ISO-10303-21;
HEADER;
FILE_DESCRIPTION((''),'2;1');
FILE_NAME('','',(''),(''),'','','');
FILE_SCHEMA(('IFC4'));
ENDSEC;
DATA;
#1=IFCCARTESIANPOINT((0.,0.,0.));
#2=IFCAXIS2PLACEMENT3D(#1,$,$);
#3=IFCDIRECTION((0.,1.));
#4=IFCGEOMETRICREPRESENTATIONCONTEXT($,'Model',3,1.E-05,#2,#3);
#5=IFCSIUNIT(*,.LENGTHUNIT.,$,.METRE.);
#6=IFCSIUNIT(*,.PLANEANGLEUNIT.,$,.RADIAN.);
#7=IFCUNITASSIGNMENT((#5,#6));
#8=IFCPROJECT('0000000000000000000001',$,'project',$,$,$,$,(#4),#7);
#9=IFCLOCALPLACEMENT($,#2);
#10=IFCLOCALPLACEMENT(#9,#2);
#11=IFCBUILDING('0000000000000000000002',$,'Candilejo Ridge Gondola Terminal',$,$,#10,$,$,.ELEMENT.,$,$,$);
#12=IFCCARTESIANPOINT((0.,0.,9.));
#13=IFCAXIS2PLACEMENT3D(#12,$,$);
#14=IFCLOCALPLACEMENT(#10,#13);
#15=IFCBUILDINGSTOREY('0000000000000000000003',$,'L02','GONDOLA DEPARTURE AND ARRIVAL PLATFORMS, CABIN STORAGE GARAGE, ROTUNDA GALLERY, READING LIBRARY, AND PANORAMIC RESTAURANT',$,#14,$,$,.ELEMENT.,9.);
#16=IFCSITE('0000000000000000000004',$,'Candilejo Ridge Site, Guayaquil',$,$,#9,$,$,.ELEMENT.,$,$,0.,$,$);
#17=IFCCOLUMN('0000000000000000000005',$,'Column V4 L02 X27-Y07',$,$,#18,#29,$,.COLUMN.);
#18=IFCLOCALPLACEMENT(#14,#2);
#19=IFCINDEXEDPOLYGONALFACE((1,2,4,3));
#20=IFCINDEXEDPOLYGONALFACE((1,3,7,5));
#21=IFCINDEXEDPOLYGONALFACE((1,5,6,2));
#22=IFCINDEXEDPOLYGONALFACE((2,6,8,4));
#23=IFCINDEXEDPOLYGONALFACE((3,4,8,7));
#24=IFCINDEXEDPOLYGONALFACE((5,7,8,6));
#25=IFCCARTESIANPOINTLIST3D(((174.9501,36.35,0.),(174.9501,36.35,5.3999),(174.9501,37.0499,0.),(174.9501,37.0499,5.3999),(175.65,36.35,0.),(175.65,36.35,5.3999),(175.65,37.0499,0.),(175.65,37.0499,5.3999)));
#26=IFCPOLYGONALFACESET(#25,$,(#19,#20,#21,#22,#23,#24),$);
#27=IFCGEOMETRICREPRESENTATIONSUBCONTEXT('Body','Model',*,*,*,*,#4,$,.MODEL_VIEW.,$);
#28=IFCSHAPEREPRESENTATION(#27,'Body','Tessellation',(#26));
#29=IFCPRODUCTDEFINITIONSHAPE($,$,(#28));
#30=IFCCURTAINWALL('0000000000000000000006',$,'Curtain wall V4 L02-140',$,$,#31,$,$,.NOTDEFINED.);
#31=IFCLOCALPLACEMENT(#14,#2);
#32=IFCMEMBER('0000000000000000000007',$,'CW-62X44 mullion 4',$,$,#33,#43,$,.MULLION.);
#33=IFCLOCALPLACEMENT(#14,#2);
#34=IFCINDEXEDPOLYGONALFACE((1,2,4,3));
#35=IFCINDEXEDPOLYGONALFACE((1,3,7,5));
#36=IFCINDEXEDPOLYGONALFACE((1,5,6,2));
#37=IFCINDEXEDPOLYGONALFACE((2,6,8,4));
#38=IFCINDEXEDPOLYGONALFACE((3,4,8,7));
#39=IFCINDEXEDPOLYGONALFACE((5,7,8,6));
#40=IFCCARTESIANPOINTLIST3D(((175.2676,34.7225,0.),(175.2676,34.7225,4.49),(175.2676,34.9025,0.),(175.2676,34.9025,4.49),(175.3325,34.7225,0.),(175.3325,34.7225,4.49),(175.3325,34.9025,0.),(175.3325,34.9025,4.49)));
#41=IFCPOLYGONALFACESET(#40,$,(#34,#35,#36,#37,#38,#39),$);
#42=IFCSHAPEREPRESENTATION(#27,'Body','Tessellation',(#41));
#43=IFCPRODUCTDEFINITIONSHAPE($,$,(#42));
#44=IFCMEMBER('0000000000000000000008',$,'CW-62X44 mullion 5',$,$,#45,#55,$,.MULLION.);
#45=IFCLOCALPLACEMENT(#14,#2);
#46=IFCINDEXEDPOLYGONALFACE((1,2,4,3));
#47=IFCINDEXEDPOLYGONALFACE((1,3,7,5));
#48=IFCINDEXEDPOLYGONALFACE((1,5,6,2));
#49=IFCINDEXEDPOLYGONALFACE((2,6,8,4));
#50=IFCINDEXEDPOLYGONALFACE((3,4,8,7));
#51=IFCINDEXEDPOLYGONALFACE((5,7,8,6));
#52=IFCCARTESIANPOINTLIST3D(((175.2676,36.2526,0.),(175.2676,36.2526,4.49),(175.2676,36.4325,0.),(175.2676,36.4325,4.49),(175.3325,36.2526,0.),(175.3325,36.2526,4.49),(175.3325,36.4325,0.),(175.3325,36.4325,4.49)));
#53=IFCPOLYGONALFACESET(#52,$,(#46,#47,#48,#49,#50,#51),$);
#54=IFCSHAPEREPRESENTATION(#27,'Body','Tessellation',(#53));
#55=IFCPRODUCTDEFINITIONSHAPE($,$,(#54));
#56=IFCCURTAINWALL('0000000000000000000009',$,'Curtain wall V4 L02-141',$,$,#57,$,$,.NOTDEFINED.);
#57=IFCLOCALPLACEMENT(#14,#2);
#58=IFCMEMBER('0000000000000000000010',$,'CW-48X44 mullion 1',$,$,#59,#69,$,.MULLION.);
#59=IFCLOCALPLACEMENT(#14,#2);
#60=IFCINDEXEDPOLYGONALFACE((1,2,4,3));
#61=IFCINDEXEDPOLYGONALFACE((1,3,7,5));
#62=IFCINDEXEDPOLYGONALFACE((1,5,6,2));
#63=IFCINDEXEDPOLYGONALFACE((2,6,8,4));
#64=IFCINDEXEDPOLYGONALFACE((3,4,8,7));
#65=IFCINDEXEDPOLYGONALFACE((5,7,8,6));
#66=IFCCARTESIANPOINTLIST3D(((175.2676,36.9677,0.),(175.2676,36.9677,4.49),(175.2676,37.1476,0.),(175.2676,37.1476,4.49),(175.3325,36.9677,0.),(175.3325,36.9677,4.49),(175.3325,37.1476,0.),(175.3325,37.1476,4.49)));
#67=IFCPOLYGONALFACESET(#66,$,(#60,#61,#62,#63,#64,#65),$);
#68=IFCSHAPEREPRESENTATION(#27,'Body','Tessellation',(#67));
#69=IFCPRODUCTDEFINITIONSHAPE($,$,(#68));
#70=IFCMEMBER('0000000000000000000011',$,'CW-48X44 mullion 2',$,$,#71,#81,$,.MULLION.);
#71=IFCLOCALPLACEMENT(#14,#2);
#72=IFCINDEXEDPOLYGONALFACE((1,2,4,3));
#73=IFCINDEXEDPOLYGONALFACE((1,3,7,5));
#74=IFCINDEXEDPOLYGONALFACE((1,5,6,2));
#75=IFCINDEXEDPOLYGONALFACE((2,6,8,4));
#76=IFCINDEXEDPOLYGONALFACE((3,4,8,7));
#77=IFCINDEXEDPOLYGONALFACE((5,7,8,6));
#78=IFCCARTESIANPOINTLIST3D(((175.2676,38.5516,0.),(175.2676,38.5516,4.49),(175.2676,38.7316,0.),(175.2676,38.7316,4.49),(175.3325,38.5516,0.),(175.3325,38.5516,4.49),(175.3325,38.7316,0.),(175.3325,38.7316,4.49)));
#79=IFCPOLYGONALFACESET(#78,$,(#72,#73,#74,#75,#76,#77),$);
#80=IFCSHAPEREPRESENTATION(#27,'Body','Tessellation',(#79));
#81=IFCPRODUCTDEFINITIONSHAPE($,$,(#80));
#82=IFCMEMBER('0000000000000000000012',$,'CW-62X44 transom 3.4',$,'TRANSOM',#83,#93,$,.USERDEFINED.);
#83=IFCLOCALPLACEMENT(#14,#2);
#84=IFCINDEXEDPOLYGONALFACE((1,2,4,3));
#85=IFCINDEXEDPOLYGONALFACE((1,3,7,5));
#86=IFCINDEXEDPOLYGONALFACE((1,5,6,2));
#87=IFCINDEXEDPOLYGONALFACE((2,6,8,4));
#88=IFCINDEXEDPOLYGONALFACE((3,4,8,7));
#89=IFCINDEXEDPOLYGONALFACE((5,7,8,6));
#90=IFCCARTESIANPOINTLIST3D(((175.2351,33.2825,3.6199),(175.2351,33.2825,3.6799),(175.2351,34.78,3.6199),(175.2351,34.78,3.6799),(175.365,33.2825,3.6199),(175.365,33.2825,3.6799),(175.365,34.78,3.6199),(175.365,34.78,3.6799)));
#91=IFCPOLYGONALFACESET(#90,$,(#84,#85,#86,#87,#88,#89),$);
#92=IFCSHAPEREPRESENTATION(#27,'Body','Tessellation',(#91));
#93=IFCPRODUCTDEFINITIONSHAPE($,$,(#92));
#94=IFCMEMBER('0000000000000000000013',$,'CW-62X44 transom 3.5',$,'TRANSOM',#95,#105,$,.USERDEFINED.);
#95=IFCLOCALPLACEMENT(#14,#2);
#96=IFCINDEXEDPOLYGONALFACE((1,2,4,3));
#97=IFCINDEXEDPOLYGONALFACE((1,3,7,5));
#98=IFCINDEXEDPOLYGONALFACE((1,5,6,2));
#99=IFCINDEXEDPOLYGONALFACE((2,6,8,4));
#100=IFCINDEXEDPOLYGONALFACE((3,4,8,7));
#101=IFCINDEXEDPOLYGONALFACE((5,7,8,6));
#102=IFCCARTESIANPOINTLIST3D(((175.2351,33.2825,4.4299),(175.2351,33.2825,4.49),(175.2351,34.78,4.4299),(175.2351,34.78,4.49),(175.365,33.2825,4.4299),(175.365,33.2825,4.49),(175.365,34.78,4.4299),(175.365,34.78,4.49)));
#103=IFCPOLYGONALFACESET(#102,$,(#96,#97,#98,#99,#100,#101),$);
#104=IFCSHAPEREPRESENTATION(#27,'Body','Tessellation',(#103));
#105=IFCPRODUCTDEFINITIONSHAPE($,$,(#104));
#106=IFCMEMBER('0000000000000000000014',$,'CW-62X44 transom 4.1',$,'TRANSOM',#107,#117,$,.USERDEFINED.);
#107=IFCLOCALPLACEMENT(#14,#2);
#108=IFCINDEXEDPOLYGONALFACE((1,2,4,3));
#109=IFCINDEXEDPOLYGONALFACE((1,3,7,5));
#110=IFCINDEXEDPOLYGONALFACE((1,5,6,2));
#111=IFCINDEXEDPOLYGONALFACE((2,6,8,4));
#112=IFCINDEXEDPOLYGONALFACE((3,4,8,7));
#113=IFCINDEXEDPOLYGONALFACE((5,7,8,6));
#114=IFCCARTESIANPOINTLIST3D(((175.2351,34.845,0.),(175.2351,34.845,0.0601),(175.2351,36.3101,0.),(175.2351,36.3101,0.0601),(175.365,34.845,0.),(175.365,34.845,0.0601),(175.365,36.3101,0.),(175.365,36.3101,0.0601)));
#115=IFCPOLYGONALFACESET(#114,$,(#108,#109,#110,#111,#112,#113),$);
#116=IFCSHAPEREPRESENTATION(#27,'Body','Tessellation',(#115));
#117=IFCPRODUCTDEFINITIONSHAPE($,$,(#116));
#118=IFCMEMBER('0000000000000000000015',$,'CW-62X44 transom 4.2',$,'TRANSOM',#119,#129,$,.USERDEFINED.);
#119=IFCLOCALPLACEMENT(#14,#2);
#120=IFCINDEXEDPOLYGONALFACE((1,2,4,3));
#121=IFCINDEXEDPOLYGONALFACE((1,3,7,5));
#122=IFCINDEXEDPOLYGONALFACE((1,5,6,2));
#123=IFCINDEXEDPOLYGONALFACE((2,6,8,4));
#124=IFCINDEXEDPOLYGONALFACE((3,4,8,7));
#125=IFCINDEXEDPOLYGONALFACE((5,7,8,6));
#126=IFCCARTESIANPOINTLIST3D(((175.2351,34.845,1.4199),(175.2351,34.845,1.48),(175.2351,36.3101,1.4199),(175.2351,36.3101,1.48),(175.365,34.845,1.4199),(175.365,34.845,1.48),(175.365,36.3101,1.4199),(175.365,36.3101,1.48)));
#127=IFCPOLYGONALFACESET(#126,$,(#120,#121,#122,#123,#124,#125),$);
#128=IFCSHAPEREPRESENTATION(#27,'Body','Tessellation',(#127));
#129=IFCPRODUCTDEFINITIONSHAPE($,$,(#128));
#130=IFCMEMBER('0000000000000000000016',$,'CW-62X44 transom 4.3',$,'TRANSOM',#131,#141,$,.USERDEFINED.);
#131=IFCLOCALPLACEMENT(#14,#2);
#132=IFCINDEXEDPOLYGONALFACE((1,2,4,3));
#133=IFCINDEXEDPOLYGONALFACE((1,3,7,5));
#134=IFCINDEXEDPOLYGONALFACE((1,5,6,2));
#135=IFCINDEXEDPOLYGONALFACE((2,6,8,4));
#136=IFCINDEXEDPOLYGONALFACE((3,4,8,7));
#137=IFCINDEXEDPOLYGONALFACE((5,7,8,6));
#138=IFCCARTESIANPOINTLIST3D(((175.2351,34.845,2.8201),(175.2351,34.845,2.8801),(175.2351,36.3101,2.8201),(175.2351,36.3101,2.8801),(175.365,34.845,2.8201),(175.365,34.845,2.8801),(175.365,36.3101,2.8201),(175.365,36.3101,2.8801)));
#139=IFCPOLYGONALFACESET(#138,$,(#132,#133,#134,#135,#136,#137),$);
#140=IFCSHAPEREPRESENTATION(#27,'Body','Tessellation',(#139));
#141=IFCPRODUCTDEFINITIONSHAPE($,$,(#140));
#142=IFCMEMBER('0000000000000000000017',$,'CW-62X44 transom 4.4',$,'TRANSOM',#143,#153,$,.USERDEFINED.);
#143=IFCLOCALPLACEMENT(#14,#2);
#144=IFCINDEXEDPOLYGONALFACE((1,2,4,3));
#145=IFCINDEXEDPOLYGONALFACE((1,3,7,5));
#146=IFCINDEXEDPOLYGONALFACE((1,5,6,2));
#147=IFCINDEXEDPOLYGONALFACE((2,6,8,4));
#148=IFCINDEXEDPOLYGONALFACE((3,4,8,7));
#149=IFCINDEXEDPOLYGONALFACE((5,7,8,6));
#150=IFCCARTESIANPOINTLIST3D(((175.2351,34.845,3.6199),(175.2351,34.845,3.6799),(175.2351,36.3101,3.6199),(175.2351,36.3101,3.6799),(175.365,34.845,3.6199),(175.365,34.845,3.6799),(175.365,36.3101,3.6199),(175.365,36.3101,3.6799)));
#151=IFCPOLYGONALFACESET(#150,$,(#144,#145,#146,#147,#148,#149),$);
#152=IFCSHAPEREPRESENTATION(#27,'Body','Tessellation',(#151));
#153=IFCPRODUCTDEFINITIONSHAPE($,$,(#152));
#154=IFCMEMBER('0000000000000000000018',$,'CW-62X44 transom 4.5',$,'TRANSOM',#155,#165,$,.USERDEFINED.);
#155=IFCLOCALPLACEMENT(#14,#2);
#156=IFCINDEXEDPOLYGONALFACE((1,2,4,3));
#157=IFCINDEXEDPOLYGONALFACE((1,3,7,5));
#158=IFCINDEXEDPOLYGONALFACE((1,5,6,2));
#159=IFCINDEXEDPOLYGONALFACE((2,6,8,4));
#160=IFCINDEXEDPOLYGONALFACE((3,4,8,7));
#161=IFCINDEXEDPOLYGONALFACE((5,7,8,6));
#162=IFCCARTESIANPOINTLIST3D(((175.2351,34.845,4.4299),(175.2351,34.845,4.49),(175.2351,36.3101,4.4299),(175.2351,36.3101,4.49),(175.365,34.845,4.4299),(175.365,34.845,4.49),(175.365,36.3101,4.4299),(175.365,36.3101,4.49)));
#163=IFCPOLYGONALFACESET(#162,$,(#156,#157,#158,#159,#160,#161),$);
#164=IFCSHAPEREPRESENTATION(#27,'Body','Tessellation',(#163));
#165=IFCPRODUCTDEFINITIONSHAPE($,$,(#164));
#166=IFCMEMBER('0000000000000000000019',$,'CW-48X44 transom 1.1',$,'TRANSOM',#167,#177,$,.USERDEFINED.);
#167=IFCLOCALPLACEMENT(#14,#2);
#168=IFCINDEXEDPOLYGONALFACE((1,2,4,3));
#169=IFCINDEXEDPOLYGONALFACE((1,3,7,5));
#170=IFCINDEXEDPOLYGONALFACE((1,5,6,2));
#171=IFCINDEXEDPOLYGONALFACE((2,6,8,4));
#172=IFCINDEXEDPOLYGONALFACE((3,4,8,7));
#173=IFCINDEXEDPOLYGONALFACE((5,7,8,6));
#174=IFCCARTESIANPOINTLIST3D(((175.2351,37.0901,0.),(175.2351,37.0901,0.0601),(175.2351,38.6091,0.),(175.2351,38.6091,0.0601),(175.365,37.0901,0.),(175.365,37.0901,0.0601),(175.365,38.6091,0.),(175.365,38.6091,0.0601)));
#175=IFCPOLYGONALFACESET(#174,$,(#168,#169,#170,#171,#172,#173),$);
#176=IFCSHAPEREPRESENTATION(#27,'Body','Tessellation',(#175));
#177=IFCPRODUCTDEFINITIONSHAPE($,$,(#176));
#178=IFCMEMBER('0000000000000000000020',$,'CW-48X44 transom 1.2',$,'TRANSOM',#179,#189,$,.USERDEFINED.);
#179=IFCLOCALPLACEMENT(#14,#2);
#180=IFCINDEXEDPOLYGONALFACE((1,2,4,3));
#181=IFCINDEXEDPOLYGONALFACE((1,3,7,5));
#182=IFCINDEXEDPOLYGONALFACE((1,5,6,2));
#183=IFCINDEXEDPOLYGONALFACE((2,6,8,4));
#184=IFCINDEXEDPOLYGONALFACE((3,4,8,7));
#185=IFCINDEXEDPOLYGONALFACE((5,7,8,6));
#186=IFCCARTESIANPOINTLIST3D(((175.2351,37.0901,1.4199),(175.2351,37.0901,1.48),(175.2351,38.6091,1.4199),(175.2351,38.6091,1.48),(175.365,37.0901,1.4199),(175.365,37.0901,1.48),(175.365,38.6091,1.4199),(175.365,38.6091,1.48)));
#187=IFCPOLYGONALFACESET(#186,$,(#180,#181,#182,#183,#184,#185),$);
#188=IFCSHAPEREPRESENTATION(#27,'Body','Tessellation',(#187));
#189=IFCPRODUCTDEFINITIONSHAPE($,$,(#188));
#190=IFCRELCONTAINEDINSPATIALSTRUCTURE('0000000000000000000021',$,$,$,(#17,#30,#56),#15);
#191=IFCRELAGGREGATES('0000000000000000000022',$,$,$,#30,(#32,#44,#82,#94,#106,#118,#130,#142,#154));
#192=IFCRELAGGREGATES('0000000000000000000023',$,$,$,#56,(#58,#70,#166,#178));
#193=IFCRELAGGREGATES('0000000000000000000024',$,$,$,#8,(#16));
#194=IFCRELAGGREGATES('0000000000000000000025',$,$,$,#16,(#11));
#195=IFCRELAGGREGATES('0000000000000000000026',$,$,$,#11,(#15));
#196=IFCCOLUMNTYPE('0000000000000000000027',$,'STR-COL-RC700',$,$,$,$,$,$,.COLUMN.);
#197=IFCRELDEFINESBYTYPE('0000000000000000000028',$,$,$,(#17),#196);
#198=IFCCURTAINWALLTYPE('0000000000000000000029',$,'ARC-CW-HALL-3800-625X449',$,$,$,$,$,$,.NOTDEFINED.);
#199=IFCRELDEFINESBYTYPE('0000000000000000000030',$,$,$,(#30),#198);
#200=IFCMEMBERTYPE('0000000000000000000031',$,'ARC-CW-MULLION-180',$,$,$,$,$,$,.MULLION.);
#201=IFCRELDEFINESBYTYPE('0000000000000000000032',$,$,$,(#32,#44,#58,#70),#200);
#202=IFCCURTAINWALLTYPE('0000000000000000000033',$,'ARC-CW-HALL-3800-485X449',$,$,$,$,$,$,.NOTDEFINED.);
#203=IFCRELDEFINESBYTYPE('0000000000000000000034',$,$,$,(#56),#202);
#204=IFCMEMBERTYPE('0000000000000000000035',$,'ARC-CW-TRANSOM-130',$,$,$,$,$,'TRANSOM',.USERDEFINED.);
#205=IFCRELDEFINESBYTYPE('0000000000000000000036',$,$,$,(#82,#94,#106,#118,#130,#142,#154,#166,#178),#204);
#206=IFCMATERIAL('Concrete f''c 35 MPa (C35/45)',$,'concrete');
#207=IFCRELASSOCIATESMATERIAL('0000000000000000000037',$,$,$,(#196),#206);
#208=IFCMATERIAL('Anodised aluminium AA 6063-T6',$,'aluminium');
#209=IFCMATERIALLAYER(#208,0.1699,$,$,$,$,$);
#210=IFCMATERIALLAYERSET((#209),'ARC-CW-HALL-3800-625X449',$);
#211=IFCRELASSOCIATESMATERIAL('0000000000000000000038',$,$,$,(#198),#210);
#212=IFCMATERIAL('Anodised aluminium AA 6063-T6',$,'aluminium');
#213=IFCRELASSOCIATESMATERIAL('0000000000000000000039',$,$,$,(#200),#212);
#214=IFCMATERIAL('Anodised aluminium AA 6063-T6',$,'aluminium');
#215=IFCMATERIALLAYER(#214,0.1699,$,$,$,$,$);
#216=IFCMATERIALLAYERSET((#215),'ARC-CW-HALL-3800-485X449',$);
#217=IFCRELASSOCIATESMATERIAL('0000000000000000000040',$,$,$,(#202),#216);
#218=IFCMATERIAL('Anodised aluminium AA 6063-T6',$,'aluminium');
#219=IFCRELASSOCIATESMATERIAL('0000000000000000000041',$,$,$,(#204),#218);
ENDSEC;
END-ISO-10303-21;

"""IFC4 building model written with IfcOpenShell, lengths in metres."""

from ifc_helpers import new_model, si_unit, direction, frame, origin, origin_2d, place, context, subcontext, project, spatial, rectangle, extrude, material, layer, layer_set, material_profile, profile_set, type_object, element, aggregate, save


model = new_model("IFC4")

# Units and contexts
model_context = context("Model", 3, precision=1e-05, world=origin(), true_north=direction((0.0, 1.0)))
body_context = subcontext(model_context, "Body", "Model", "MODEL_VIEW")
ifc_project = project(units=[si_unit("LENGTHUNIT", "METRE"), si_unit("PLANEANGLEUNIT", "RADIAN")], contexts=[model_context])

# Site, building, storey
site_placement = place(None, origin())
site = spatial("IfcSite", under=ifc_project, at=site_placement, Name="Candilejo Ridge Site, Guayaquil", CompositionType="ELEMENT", RefElevation=0.0)
building_placement = place(site_placement, origin())
building = spatial("IfcBuilding", under=site, at=building_placement, Name="Candilejo Ridge Gondola Terminal", CompositionType="ELEMENT")
storey_placement = place(building_placement, frame((0.0, 0.0, 9.0)))
storey = spatial("IfcBuildingStorey", under=building, at=storey_placement, Name="L02", Description="GONDOLA DEPARTURE AND ARRIVAL PLATFORMS, CABIN STORAGE GARAGE, ROTUNDA GALLERY, READING LIBRARY, AND PANORAMIC RESTAURANT", CompositionType="ELEMENT", Elevation=9.0)

# Column
ifc_material_1 = material(Name="Concrete f'c 35 MPa (C35/45)", Category="concrete")
ifc_material_profile_1 = material_profile(ifc_material_1, rectangle(XDim=0.7, YDim=0.7, at=origin_2d()))
ifc_profile_set_1 = profile_set([ifc_material_profile_1], Name="Concrete f'c 35 MPa (C35/45)")
column_type = type_object("IfcColumnType", Name="STR-COL-RC700", PredefinedType="COLUMN", material=ifc_profile_set_1)
column_placement = place(storey_placement, frame((175.3, 36.7, 0.0), z_axis=(0.0, 0.0, 1.0), x_axis=(1.0, 0.0, 0.0)))
element("IfcColumn", 1, at=column_placement, inside=storey, type_object=column_type, Name="Column V4 L02 X27-Y07", PredefinedType="COLUMN", context=body_context, shape_type="SweptSolid", body=[
    extrude(rectangle(XDim=0.7, YDim=0.7, at=origin_2d()), origin(), (0.0, 0.0, 1.0), 5.3999),
])

# Curtain walls, members
ifc_material_2 = material(Name="Anodised aluminium AA 6063-T6", Category="aluminium")
ifc_layer_1 = layer(ifc_material_2, 0.1699)
ifc_layer_set_1 = layer_set([ifc_layer_1], Name="ARC-CW-HALL-3800-625X449")
curtain_wall_type_1 = type_object("IfcCurtainWallType", Name="ARC-CW-HALL-3800-625X449", PredefinedType="NOTDEFINED", material=ifc_layer_set_1)
curtain_wall_1_placement = place(storey_placement, origin())
curtain_wall_1 = element("IfcCurtainWall", 2, at=curtain_wall_1_placement, inside=storey, type_object=curtain_wall_type_1, Name="Curtain wall V4 L02-140", PredefinedType="NOTDEFINED")
ifc_material_3 = material(Name="Anodised aluminium AA 6063-T6", Category="aluminium")
ifc_material_profile_2 = material_profile(ifc_material_3, rectangle(XDim=0.0649, YDim=0.1799, at=origin_2d()))
ifc_profile_set_2 = profile_set([ifc_material_profile_2], Name="Anodised aluminium AA 6063-T6")
member_type_1 = type_object("IfcMemberType", Name="ARC-CW-MULLION-180", PredefinedType="MULLION", material=ifc_profile_set_2)
member_1_placement = place(storey_placement, frame((175.3, 34.8125, 0.0), z_axis=(0.0, 0.0, 1.0), x_axis=(-1.0, 0.0, 0.0)))
member_1 = element("IfcMember", 3, at=member_1_placement, type_object=member_type_1, Name="CW-62X44 mullion 4", PredefinedType="MULLION", context=body_context, shape_type="SweptSolid", body=[
    extrude(rectangle(XDim=0.0649, YDim=0.1799, at=origin_2d()), origin(), (0.0, 0.0, 1.0), 4.49),
])
member_2_placement = place(storey_placement, frame((175.3, 36.3425, 0.0), z_axis=(0.0, 0.0, 1.0), x_axis=(-1.0, 0.0, 0.0)))
member_2 = element("IfcMember", 4, at=member_2_placement, type_object=member_type_1, Name="CW-62X44 mullion 5", PredefinedType="MULLION", context=body_context, shape_type="SweptSolid", body=[
    extrude(rectangle(XDim=0.0649, YDim=0.1799, at=origin_2d()), origin(), (0.0, 0.0, 1.0), 4.49),
])
ifc_material_4 = material(Name="Anodised aluminium AA 6063-T6", Category="aluminium")
ifc_layer_2 = layer(ifc_material_4, 0.1699)
ifc_layer_set_2 = layer_set([ifc_layer_2], Name="ARC-CW-HALL-3800-485X449")
curtain_wall_type_2 = type_object("IfcCurtainWallType", Name="ARC-CW-HALL-3800-485X449", PredefinedType="NOTDEFINED", material=ifc_layer_set_2)
curtain_wall_2_placement = place(storey_placement, origin())
curtain_wall_2 = element("IfcCurtainWall", 5, at=curtain_wall_2_placement, inside=storey, type_object=curtain_wall_type_2, Name="Curtain wall V4 L02-141", PredefinedType="NOTDEFINED")
member_3_placement = place(storey_placement, frame((175.3, 37.0576, 0.0), z_axis=(0.0, 0.0, 1.0), x_axis=(-1.0, 0.0, 0.0)))
member_3 = element("IfcMember", 6, at=member_3_placement, type_object=member_type_1, Name="CW-48X44 mullion 1", PredefinedType="MULLION", context=body_context, shape_type="SweptSolid", body=[
    extrude(rectangle(XDim=0.0649, YDim=0.1799, at=origin_2d()), origin(), (0.0, 0.0, 1.0), 4.49),
])
member_4_placement = place(storey_placement, frame((175.3, 38.6416, 0.0), z_axis=(0.0, 0.0, 1.0), x_axis=(-1.0, 0.0, 0.0)))
member_4 = element("IfcMember", 7, at=member_4_placement, type_object=member_type_1, Name="CW-48X44 mullion 2", PredefinedType="MULLION", context=body_context, shape_type="SweptSolid", body=[
    extrude(rectangle(XDim=0.0649, YDim=0.1799, at=origin_2d()), origin(), (0.0, 0.0, 1.0), 4.49),
])

# Members
ifc_material_5 = material(Name="Anodised aluminium AA 6063-T6", Category="aluminium")
ifc_material_profile_3 = material_profile(ifc_material_5, rectangle(XDim=0.1299, YDim=0.0601, at=origin_2d()))
ifc_profile_set_3 = profile_set([ifc_material_profile_3], Name="Anodised aluminium AA 6063-T6")
member_type_2 = type_object("IfcMemberType", Name="ARC-CW-TRANSOM-130", ElementType="TRANSOM", PredefinedType="USERDEFINED", material=ifc_profile_set_3)
member_5_placement = place(storey_placement, frame((175.3, 33.2825, 3.6499), z_axis=(0.0, 1.0, 0.0), x_axis=(-1.0, 0.0, 0.0)))
member_5 = element("IfcMember", 8, at=member_5_placement, type_object=member_type_2, Name="CW-62X44 transom 3.4", ObjectType="TRANSOM", PredefinedType="USERDEFINED", context=body_context, shape_type="SweptSolid", body=[
    extrude(rectangle(XDim=0.1299, YDim=0.0601, at=origin_2d()), origin(), (0.0, 0.0, 1.0), 1.4976),
])
member_6_placement = place(storey_placement, frame((175.3, 33.2825, 4.46), z_axis=(0.0, 1.0, 0.0), x_axis=(-1.0, 0.0, 0.0)))
member_6 = element("IfcMember", 9, at=member_6_placement, type_object=member_type_2, Name="CW-62X44 transom 3.5", ObjectType="TRANSOM", PredefinedType="USERDEFINED", context=body_context, shape_type="SweptSolid", body=[
    extrude(rectangle(XDim=0.1299, YDim=0.0601, at=origin_2d()), origin(), (0.0, 0.0, 1.0), 1.4976),
])
member_7_placement = place(storey_placement, frame((175.3, 34.845, 0.03), z_axis=(0.0, 1.0, 0.0), x_axis=(-1.0, 0.0, 0.0)))
member_7 = element("IfcMember", 10, at=member_7_placement, type_object=member_type_2, Name="CW-62X44 transom 4.1", ObjectType="TRANSOM", PredefinedType="USERDEFINED", context=body_context, shape_type="SweptSolid", body=[
    extrude(rectangle(XDim=0.1299, YDim=0.0601, at=origin_2d()), origin(), (0.0, 0.0, 1.0), 1.4651),
])
member_8_placement = place(storey_placement, frame((175.3, 34.845, 1.45), z_axis=(0.0, 1.0, 0.0), x_axis=(-1.0, 0.0, 0.0)))
member_8 = element("IfcMember", 11, at=member_8_placement, type_object=member_type_2, Name="CW-62X44 transom 4.2", ObjectType="TRANSOM", PredefinedType="USERDEFINED", context=body_context, shape_type="SweptSolid", body=[
    extrude(rectangle(XDim=0.1299, YDim=0.0601, at=origin_2d()), origin(), (0.0, 0.0, 1.0), 1.4651),
])
member_9_placement = place(storey_placement, frame((175.3, 34.845, 2.8501), z_axis=(0.0, 1.0, 0.0), x_axis=(-1.0, 0.0, 0.0)))
member_9 = element("IfcMember", 12, at=member_9_placement, type_object=member_type_2, Name="CW-62X44 transom 4.3", ObjectType="TRANSOM", PredefinedType="USERDEFINED", context=body_context, shape_type="SweptSolid", body=[
    extrude(rectangle(XDim=0.1299, YDim=0.0601, at=origin_2d()), origin(), (0.0, 0.0, 1.0), 1.4651),
])
member_10_placement = place(storey_placement, frame((175.3, 34.845, 3.6499), z_axis=(0.0, 1.0, 0.0), x_axis=(-1.0, 0.0, 0.0)))
member_10 = element("IfcMember", 13, at=member_10_placement, type_object=member_type_2, Name="CW-62X44 transom 4.4", ObjectType="TRANSOM", PredefinedType="USERDEFINED", context=body_context, shape_type="SweptSolid", body=[
    extrude(rectangle(XDim=0.1299, YDim=0.0601, at=origin_2d()), origin(), (0.0, 0.0, 1.0), 1.4651),
])
member_11_placement = place(storey_placement, frame((175.3, 34.845, 4.46), z_axis=(0.0, 1.0, 0.0), x_axis=(-1.0, 0.0, 0.0)))
member_11 = element("IfcMember", 14, at=member_11_placement, type_object=member_type_2, Name="CW-62X44 transom 4.5", ObjectType="TRANSOM", PredefinedType="USERDEFINED", context=body_context, shape_type="SweptSolid", body=[
    extrude(rectangle(XDim=0.1299, YDim=0.0601, at=origin_2d()), origin(), (0.0, 0.0, 1.0), 1.4651),
])
member_12_placement = place(storey_placement, frame((175.3, 37.0901, 0.03), z_axis=(0.0, 1.0, 0.0), x_axis=(-1.0, 0.0, 0.0)))
member_12 = element("IfcMember", 15, at=member_12_placement, type_object=member_type_2, Name="CW-48X44 transom 1.1", ObjectType="TRANSOM", PredefinedType="USERDEFINED", context=body_context, shape_type="SweptSolid", body=[
    extrude(rectangle(XDim=0.1299, YDim=0.0601, at=origin_2d()), origin(), (0.0, 0.0, 1.0), 1.519),
])
member_13_placement = place(storey_placement, frame((175.3, 37.0901, 1.45), z_axis=(0.0, 1.0, 0.0), x_axis=(-1.0, 0.0, 0.0)))
member_13 = element("IfcMember", 16, at=member_13_placement, type_object=member_type_2, Name="CW-48X44 transom 1.2", ObjectType="TRANSOM", PredefinedType="USERDEFINED", context=body_context, shape_type="SweptSolid", body=[
    extrude(rectangle(XDim=0.1299, YDim=0.0601, at=origin_2d()), origin(), (0.0, 0.0, 1.0), 1.519),
])

aggregate(curtain_wall_1, [member_1, member_2, member_5, member_6, member_7, member_8, member_9, member_10, member_11])
aggregate(curtain_wall_2, [member_3, member_4, member_12, member_13])

save(model, "model.ifc")
